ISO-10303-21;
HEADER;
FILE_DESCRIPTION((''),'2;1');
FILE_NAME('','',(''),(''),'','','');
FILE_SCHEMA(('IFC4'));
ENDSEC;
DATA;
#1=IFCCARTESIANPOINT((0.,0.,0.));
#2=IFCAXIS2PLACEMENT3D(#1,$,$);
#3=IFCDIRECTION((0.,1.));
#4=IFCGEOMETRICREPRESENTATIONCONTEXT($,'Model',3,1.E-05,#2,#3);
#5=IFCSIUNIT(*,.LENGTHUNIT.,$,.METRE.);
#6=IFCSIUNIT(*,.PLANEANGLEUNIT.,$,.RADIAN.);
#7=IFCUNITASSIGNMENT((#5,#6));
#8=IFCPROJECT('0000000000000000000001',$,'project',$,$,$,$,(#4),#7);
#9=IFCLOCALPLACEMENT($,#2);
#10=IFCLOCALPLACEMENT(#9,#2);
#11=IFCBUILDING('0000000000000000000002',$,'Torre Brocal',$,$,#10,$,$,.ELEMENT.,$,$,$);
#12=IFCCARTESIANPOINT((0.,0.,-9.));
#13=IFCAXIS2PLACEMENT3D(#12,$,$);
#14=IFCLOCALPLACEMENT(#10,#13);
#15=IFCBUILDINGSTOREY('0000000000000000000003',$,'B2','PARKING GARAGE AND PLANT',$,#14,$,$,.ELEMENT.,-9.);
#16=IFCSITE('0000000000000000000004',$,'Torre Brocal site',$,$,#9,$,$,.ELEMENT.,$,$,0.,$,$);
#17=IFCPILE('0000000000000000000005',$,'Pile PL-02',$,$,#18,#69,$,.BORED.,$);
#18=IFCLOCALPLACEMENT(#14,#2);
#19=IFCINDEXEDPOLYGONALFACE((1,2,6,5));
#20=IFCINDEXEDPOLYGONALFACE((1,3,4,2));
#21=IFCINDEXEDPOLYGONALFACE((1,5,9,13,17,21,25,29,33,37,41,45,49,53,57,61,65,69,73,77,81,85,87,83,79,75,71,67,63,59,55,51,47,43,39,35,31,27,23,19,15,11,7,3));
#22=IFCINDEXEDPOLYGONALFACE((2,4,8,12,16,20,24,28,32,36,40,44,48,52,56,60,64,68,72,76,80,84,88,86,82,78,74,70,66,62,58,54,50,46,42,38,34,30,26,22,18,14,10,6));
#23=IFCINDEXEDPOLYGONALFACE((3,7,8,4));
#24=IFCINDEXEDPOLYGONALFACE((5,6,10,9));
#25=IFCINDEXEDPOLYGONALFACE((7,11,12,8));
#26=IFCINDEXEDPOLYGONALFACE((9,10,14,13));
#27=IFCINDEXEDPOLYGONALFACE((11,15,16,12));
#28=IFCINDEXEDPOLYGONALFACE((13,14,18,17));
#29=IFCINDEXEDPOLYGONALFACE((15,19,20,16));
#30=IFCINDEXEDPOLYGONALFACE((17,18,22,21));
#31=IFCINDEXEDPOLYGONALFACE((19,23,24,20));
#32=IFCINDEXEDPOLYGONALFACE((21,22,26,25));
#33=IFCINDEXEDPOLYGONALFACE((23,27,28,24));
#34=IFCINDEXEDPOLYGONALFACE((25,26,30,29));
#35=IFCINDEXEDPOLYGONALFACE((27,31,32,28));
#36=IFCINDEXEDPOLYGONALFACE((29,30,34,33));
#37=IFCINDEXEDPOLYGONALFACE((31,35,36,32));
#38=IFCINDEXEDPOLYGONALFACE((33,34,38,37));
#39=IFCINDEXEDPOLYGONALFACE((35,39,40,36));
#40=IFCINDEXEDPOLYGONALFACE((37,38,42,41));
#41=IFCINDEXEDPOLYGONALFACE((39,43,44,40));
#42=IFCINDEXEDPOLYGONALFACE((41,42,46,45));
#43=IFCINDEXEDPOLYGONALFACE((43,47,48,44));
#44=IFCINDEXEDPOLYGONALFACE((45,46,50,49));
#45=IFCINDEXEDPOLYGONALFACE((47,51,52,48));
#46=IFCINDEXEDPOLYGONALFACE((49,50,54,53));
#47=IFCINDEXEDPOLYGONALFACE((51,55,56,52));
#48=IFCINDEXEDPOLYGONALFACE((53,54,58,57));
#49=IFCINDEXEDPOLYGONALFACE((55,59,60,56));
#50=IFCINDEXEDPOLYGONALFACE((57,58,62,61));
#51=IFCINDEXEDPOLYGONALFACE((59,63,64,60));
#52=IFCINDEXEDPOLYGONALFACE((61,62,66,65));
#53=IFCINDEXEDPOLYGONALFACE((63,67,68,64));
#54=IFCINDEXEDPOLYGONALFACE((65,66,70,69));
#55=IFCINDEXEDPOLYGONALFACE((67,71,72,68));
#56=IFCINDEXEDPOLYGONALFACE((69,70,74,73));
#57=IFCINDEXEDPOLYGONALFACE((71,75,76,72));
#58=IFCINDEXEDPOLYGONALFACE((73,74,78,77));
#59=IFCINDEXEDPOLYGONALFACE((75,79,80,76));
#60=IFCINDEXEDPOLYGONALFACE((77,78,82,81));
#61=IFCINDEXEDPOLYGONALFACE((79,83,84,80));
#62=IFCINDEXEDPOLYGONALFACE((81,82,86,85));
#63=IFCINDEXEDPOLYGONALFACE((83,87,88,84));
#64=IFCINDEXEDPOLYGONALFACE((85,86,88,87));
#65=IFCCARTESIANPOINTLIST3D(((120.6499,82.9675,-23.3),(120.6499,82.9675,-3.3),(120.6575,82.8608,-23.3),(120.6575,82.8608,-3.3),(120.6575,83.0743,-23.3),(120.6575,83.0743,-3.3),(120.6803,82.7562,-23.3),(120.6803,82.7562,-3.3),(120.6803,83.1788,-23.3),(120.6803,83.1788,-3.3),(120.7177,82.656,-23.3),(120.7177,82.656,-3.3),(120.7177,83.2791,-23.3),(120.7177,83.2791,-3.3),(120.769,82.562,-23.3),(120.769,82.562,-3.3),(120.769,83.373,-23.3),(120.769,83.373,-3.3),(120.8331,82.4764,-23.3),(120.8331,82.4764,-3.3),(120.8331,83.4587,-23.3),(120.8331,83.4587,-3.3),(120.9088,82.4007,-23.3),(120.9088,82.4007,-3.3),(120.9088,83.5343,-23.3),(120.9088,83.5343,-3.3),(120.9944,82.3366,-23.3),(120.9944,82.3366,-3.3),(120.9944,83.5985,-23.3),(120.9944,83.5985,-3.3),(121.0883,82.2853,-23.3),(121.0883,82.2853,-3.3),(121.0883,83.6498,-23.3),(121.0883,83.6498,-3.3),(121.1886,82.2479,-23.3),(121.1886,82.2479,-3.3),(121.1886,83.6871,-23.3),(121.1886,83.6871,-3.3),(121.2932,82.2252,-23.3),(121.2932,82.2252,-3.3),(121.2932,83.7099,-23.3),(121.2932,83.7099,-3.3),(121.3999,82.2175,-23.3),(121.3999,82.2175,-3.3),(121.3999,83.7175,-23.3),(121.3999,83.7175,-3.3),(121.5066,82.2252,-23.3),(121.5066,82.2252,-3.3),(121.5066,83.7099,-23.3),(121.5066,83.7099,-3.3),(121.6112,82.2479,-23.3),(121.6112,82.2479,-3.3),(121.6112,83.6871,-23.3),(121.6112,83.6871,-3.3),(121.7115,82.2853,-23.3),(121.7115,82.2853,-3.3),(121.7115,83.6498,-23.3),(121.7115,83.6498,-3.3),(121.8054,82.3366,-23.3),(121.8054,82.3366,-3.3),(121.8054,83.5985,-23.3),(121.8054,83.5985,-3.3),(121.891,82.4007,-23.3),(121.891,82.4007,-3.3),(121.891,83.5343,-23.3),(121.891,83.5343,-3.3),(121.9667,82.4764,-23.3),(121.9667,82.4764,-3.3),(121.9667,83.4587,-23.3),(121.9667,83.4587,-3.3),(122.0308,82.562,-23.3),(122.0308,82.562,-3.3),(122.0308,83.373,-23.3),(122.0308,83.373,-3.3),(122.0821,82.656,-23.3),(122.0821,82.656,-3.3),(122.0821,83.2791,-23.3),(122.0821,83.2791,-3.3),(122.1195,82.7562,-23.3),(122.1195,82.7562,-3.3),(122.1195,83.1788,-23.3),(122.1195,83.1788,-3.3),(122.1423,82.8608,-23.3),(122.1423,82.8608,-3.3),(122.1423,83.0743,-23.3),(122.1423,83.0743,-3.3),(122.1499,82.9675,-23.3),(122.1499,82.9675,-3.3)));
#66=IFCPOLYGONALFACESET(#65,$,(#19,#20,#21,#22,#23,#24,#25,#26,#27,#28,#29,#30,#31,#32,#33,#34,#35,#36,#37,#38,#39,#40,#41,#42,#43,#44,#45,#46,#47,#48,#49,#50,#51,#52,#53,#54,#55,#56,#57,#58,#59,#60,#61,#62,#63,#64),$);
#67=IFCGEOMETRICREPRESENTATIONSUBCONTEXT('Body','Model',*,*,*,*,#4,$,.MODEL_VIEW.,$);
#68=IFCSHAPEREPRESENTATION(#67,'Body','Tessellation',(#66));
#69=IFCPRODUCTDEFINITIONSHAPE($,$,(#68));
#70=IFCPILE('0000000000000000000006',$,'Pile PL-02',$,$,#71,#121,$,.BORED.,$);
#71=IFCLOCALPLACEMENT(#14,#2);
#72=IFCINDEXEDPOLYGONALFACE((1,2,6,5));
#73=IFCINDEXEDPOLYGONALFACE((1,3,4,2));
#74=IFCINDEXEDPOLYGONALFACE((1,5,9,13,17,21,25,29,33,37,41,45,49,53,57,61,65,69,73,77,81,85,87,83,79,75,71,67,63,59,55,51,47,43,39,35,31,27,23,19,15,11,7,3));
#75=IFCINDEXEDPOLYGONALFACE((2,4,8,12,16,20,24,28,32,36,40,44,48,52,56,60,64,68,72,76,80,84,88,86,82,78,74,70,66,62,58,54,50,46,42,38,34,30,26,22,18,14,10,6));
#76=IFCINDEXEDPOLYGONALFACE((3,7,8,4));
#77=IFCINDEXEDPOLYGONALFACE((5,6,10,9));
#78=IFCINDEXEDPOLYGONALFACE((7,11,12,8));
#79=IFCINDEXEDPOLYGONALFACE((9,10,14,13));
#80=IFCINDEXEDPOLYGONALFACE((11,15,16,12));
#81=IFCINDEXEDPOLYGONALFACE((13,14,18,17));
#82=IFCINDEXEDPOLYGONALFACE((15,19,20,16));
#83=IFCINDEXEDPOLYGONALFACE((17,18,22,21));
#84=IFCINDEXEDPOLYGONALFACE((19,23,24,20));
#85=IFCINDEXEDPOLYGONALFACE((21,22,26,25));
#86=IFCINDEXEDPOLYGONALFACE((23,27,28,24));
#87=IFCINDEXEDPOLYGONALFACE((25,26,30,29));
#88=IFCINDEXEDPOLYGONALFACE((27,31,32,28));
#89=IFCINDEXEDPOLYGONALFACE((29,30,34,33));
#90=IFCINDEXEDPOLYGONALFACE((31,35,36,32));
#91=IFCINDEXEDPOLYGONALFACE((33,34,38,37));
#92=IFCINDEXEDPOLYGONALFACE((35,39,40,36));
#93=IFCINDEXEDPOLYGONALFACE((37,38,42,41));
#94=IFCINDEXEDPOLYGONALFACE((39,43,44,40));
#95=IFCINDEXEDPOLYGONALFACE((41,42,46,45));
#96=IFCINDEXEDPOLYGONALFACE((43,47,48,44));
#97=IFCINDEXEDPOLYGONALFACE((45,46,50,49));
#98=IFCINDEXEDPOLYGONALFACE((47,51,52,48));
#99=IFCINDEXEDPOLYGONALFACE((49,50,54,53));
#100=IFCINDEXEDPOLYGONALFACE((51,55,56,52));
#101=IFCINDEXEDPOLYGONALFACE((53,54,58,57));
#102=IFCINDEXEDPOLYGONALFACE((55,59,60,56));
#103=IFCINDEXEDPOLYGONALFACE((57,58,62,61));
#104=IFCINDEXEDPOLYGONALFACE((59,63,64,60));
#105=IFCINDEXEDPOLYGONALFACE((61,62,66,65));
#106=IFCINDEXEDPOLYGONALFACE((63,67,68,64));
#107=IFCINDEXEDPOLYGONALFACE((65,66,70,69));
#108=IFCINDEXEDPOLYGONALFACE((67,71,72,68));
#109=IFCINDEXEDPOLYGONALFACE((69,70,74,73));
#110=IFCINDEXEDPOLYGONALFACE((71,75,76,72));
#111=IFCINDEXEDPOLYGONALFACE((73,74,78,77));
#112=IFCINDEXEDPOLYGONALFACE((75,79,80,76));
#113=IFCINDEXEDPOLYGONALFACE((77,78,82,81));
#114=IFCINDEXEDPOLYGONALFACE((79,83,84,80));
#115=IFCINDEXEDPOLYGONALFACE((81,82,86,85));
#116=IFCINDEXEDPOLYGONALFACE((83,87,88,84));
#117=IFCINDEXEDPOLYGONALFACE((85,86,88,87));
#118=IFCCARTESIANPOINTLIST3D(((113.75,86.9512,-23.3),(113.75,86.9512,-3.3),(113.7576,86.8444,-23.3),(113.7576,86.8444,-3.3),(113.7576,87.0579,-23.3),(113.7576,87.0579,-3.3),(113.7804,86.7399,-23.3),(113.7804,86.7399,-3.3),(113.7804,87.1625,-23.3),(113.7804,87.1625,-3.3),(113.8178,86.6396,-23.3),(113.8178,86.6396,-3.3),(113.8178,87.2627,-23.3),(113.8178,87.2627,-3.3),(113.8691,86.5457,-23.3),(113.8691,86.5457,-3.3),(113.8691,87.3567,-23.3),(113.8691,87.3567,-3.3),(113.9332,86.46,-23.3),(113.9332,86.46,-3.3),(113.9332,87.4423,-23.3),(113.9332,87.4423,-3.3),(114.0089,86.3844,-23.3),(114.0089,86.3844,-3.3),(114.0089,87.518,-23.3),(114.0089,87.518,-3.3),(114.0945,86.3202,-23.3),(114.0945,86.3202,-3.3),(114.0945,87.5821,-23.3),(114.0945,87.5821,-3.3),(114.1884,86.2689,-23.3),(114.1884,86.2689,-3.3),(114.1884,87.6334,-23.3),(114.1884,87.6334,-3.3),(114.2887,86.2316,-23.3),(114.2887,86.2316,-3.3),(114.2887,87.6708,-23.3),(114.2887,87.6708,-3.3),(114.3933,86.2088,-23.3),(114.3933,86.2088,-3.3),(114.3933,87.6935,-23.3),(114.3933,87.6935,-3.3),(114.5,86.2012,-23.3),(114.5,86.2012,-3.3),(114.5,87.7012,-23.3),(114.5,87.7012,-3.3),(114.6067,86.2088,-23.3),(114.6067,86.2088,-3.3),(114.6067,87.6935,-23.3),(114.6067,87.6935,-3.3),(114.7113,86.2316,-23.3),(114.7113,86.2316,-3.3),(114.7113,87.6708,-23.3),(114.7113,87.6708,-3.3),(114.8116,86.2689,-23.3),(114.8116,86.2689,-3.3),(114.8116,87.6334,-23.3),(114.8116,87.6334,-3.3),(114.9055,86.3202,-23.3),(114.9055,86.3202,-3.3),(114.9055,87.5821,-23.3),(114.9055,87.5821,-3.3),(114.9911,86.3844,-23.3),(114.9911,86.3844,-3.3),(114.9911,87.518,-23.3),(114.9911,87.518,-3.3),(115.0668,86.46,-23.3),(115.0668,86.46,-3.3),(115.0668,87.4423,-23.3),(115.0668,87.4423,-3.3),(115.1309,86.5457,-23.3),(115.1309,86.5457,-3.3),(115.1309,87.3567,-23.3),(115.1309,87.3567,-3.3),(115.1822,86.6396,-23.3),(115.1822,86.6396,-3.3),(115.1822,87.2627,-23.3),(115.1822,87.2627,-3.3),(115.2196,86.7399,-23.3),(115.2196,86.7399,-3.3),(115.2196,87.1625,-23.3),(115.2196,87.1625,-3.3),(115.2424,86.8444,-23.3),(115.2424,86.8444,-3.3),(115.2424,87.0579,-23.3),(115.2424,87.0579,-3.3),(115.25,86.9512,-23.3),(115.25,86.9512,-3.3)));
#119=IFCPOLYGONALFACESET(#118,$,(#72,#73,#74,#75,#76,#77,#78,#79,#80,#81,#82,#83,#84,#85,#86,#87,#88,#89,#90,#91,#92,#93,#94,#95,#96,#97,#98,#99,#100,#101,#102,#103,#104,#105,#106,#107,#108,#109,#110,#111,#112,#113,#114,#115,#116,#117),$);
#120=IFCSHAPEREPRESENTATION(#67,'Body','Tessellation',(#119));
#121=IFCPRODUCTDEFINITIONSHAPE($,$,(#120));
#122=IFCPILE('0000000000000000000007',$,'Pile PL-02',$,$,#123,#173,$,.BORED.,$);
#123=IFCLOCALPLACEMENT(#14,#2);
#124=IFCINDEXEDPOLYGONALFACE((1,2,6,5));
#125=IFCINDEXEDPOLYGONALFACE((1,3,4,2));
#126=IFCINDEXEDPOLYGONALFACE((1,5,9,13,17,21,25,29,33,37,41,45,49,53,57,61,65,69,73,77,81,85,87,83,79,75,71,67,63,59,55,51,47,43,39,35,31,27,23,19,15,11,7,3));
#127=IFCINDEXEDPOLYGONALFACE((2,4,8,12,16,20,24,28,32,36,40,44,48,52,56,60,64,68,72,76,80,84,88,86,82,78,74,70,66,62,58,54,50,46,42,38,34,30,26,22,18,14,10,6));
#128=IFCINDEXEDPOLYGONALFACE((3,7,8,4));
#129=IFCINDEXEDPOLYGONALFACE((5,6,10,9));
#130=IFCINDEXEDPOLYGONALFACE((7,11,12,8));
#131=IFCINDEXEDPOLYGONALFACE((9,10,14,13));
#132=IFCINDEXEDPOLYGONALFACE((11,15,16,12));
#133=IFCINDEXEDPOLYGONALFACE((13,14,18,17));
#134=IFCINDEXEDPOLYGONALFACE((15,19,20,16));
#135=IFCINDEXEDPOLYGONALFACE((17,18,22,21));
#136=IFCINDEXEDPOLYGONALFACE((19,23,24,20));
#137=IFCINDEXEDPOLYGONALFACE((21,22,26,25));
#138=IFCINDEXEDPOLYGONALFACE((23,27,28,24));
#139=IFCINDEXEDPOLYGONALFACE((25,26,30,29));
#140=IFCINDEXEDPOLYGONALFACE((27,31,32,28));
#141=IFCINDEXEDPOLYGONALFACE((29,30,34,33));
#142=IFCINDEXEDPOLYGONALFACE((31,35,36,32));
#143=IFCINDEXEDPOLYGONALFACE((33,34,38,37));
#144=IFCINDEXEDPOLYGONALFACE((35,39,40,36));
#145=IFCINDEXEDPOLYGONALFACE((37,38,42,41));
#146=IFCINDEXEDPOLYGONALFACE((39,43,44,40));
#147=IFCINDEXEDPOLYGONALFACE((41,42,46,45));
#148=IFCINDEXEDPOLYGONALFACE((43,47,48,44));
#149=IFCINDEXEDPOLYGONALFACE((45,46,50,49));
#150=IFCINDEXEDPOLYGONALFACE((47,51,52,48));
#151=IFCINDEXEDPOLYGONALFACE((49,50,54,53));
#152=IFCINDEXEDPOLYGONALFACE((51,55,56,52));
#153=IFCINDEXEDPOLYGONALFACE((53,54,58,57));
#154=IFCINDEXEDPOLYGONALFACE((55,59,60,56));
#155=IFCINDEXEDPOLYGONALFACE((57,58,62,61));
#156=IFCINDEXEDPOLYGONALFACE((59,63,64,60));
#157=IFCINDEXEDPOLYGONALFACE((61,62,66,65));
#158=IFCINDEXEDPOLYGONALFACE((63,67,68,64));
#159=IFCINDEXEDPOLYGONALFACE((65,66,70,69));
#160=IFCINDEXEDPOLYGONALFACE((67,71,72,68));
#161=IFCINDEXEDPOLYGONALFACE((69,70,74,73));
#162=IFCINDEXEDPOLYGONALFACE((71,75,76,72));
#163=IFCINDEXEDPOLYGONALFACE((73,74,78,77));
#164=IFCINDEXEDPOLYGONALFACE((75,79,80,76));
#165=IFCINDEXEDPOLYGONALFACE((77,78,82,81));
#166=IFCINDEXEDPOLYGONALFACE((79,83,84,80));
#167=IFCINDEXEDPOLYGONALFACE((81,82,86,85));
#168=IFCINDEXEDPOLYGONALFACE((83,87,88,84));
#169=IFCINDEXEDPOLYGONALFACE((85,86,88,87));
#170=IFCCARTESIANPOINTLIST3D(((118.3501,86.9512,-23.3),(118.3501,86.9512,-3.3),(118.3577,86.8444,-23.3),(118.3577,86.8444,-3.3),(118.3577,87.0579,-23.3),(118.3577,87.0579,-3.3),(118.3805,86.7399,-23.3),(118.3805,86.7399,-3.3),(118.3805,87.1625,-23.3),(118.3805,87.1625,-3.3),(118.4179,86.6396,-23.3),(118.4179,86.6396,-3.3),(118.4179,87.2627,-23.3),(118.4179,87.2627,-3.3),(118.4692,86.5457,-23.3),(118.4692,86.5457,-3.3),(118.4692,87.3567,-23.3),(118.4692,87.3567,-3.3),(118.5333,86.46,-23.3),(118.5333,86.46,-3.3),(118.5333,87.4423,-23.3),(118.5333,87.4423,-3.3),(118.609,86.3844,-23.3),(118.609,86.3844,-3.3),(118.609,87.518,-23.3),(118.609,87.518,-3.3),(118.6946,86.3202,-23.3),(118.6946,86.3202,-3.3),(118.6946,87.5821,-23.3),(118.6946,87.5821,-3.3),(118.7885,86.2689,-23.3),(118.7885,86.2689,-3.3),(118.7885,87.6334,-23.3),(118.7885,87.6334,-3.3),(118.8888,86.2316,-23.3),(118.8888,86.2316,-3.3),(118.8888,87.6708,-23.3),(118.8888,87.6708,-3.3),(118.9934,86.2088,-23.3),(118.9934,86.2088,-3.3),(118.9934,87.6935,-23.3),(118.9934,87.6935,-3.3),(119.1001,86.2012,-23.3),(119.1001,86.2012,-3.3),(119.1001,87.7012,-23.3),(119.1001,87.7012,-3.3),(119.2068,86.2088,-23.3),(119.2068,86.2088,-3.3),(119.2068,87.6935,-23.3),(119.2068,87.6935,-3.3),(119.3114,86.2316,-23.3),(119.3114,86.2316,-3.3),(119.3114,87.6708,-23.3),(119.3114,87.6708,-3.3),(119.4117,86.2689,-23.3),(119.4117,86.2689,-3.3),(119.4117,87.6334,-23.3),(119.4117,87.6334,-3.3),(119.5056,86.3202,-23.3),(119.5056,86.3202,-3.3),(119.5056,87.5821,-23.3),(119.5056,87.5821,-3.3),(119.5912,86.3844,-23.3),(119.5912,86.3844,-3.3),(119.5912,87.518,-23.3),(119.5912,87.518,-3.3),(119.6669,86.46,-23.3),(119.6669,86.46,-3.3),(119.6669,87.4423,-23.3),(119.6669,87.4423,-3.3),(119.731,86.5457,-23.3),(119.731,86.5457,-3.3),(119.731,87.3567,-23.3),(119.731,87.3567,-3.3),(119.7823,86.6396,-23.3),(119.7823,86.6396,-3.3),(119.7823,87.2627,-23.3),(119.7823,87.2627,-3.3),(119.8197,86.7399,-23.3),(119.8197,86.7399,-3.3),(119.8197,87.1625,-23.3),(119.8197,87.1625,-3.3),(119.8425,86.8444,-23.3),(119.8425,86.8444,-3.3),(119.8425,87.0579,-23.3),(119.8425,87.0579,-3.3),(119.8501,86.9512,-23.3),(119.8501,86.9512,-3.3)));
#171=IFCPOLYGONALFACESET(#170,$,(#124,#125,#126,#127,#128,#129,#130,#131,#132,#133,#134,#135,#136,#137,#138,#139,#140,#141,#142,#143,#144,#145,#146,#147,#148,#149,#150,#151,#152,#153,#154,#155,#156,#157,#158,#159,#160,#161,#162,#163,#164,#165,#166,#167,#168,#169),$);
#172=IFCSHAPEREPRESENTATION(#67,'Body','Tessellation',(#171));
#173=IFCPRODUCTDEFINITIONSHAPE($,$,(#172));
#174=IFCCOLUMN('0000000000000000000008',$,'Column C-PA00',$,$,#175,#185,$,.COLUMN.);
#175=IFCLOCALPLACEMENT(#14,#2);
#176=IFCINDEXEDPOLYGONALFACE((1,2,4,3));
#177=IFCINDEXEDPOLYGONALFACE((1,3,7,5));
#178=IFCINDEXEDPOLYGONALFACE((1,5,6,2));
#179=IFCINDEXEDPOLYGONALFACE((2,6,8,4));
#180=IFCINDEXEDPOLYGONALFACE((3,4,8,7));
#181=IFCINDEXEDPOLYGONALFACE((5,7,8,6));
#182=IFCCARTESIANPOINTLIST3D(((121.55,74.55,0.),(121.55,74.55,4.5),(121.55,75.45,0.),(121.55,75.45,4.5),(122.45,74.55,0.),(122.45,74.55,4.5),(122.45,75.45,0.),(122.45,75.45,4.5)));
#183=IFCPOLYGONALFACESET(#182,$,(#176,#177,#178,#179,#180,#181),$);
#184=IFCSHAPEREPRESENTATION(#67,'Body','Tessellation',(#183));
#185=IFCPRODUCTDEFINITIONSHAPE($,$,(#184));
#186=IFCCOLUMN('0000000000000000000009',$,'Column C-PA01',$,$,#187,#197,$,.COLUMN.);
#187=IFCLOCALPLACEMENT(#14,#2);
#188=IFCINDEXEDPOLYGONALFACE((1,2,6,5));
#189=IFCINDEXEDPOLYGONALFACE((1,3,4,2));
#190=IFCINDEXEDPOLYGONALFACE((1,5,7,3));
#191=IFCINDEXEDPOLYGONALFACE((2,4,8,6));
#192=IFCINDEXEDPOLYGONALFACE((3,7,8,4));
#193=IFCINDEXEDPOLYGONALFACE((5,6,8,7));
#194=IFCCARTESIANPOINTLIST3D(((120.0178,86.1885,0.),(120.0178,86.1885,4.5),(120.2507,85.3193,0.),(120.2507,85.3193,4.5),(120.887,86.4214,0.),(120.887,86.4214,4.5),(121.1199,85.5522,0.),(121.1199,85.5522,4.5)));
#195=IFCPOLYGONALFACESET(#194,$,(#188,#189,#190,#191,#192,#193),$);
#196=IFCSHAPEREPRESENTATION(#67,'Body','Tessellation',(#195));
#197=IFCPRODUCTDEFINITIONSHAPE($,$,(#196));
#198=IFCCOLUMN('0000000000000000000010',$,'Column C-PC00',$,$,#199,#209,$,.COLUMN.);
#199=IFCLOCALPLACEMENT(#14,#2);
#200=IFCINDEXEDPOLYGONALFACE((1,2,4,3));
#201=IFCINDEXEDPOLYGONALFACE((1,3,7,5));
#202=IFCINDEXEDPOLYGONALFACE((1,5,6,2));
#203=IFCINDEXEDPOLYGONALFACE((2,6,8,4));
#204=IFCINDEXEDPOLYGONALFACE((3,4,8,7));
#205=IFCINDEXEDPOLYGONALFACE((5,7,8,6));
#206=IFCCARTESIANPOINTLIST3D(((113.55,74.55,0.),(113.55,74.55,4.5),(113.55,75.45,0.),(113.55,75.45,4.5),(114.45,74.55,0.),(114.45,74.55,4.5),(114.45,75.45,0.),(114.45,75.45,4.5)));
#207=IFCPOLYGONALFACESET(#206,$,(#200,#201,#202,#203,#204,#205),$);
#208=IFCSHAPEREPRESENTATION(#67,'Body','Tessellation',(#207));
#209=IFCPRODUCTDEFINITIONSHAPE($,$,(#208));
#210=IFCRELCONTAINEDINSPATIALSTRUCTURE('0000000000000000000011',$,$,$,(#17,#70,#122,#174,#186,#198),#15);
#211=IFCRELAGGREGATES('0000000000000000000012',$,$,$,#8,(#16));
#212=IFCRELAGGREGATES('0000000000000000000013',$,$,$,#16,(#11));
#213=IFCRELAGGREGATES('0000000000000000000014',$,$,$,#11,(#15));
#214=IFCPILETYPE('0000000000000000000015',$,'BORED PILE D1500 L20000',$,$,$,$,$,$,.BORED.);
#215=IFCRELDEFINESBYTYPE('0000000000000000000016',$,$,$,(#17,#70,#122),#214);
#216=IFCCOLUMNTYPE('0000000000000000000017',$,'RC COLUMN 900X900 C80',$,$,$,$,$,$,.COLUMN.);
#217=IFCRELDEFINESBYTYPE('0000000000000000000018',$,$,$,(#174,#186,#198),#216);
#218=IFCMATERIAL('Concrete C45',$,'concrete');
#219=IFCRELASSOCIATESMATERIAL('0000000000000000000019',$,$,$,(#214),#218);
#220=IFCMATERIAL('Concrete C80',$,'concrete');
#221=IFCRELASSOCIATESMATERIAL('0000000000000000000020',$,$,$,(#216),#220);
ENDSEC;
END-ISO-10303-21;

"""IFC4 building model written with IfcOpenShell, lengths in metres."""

from ifc_helpers import new_model, si_unit, direction, frame, origin, origin_2d, place, context, subcontext, project, spatial, rectangle, circle, extrude, material, material_profile, profile_set, type_object, element, save


model = new_model("IFC4")

# Units and contexts
model_context = context("Model", 3, precision=1e-05, world=origin(), true_north=direction((0.0, 1.0)))
body_context = subcontext(model_context, "Body", "Model", "MODEL_VIEW")
ifc_project = project(units=[si_unit("LENGTHUNIT", "METRE"), si_unit("PLANEANGLEUNIT", "RADIAN")], contexts=[model_context])

# Site, building, storey
site_placement = place(None, origin())
site = spatial("IfcSite", under=ifc_project, at=site_placement, Name="Torre Brocal site", CompositionType="ELEMENT", RefElevation=0.0)
building_placement = place(site_placement, origin())
building = spatial("IfcBuilding", under=site, at=building_placement, Name="Torre Brocal", CompositionType="ELEMENT")
storey_placement = place(building_placement, frame((0.0, 0.0, -9.0)))
storey = spatial("IfcBuildingStorey", under=building, at=storey_placement, Name="B2", Description="PARKING GARAGE AND PLANT", CompositionType="ELEMENT", Elevation=-9.0)

# Piles
ifc_material_1 = material(Name="Concrete C45", Category="concrete")
ifc_material_profile_1 = material_profile(ifc_material_1, circle(Radius=0.75, at=origin_2d()), Name="BORED PILE D1500")
ifc_profile_set_1 = profile_set([ifc_material_profile_1], Name="Concrete C45")
pile_type = type_object("IfcPileType", Name="BORED PILE D1500 L20000", PredefinedType="BORED", material=ifc_profile_set_1)
for number, where, z_axis, x_axis, name in (
    (1, (121.3999, 82.9675, -3.3), (0.0, 0.0, -1.0), (1.0, 0.0, 0.0), "Pile PL-02"),
    (2, (114.5, 86.9512, -3.3), (0.0, 0.0, -1.0), (1.0, 0.0, 0.0), "Pile PL-02"),
    (3, (119.1001, 86.9512, -3.3), (0.0, 0.0, -1.0), (1.0, 0.0, 0.0), "Pile PL-02"),
):
    element("IfcPile", number, at=place(storey_placement, frame(where, z_axis=z_axis, x_axis=x_axis)), inside=storey, type_object=pile_type, Name=name, PredefinedType="BORED", context=body_context, shape_type="SweptSolid", body=[
        extrude(circle(Radius=0.75, at=origin_2d()), origin(), (0.0, 0.0, 1.0), 20.0),
    ])

# Columns
ifc_material_2 = material(Name="Concrete C80", Category="concrete")
ifc_material_profile_2 = material_profile(ifc_material_2, rectangle(XDim=0.8999, YDim=0.8999, at=origin_2d()), Name="RC 900X900")
ifc_profile_set_2 = profile_set([ifc_material_profile_2], Name="Concrete C80")
column_type = type_object("IfcColumnType", Name="RC COLUMN 900X900 C80", PredefinedType="COLUMN", material=ifc_profile_set_2)
for number, where, z_axis, x_axis, name in (
    (4, (122.0, 75.0, 0.0), (0.0, 0.0, 1.0), (1.0, 0.0, 0.0), "Column C-PA00"),
    (5, (120.5688, 85.8704, 0.0), (0.0, 0.0, 1.0), (0.965926, 0.258819, 0.0), "Column C-PA01"),
    (6, (114.0, 75.0, 0.0), (0.0, 0.0, 1.0), (1.0, 0.0, 0.0), "Column C-PC00"),
):
    element("IfcColumn", number, at=place(storey_placement, frame(where, z_axis=z_axis, x_axis=x_axis)), inside=storey, type_object=column_type, Name=name, PredefinedType="COLUMN", context=body_context, shape_type="SweptSolid", body=[
        extrude(rectangle(XDim=0.8999, YDim=0.8999, at=origin_2d()), origin(), (0.0, 0.0, 1.0), 4.5),
    ])

save(model, "model.ifc")
